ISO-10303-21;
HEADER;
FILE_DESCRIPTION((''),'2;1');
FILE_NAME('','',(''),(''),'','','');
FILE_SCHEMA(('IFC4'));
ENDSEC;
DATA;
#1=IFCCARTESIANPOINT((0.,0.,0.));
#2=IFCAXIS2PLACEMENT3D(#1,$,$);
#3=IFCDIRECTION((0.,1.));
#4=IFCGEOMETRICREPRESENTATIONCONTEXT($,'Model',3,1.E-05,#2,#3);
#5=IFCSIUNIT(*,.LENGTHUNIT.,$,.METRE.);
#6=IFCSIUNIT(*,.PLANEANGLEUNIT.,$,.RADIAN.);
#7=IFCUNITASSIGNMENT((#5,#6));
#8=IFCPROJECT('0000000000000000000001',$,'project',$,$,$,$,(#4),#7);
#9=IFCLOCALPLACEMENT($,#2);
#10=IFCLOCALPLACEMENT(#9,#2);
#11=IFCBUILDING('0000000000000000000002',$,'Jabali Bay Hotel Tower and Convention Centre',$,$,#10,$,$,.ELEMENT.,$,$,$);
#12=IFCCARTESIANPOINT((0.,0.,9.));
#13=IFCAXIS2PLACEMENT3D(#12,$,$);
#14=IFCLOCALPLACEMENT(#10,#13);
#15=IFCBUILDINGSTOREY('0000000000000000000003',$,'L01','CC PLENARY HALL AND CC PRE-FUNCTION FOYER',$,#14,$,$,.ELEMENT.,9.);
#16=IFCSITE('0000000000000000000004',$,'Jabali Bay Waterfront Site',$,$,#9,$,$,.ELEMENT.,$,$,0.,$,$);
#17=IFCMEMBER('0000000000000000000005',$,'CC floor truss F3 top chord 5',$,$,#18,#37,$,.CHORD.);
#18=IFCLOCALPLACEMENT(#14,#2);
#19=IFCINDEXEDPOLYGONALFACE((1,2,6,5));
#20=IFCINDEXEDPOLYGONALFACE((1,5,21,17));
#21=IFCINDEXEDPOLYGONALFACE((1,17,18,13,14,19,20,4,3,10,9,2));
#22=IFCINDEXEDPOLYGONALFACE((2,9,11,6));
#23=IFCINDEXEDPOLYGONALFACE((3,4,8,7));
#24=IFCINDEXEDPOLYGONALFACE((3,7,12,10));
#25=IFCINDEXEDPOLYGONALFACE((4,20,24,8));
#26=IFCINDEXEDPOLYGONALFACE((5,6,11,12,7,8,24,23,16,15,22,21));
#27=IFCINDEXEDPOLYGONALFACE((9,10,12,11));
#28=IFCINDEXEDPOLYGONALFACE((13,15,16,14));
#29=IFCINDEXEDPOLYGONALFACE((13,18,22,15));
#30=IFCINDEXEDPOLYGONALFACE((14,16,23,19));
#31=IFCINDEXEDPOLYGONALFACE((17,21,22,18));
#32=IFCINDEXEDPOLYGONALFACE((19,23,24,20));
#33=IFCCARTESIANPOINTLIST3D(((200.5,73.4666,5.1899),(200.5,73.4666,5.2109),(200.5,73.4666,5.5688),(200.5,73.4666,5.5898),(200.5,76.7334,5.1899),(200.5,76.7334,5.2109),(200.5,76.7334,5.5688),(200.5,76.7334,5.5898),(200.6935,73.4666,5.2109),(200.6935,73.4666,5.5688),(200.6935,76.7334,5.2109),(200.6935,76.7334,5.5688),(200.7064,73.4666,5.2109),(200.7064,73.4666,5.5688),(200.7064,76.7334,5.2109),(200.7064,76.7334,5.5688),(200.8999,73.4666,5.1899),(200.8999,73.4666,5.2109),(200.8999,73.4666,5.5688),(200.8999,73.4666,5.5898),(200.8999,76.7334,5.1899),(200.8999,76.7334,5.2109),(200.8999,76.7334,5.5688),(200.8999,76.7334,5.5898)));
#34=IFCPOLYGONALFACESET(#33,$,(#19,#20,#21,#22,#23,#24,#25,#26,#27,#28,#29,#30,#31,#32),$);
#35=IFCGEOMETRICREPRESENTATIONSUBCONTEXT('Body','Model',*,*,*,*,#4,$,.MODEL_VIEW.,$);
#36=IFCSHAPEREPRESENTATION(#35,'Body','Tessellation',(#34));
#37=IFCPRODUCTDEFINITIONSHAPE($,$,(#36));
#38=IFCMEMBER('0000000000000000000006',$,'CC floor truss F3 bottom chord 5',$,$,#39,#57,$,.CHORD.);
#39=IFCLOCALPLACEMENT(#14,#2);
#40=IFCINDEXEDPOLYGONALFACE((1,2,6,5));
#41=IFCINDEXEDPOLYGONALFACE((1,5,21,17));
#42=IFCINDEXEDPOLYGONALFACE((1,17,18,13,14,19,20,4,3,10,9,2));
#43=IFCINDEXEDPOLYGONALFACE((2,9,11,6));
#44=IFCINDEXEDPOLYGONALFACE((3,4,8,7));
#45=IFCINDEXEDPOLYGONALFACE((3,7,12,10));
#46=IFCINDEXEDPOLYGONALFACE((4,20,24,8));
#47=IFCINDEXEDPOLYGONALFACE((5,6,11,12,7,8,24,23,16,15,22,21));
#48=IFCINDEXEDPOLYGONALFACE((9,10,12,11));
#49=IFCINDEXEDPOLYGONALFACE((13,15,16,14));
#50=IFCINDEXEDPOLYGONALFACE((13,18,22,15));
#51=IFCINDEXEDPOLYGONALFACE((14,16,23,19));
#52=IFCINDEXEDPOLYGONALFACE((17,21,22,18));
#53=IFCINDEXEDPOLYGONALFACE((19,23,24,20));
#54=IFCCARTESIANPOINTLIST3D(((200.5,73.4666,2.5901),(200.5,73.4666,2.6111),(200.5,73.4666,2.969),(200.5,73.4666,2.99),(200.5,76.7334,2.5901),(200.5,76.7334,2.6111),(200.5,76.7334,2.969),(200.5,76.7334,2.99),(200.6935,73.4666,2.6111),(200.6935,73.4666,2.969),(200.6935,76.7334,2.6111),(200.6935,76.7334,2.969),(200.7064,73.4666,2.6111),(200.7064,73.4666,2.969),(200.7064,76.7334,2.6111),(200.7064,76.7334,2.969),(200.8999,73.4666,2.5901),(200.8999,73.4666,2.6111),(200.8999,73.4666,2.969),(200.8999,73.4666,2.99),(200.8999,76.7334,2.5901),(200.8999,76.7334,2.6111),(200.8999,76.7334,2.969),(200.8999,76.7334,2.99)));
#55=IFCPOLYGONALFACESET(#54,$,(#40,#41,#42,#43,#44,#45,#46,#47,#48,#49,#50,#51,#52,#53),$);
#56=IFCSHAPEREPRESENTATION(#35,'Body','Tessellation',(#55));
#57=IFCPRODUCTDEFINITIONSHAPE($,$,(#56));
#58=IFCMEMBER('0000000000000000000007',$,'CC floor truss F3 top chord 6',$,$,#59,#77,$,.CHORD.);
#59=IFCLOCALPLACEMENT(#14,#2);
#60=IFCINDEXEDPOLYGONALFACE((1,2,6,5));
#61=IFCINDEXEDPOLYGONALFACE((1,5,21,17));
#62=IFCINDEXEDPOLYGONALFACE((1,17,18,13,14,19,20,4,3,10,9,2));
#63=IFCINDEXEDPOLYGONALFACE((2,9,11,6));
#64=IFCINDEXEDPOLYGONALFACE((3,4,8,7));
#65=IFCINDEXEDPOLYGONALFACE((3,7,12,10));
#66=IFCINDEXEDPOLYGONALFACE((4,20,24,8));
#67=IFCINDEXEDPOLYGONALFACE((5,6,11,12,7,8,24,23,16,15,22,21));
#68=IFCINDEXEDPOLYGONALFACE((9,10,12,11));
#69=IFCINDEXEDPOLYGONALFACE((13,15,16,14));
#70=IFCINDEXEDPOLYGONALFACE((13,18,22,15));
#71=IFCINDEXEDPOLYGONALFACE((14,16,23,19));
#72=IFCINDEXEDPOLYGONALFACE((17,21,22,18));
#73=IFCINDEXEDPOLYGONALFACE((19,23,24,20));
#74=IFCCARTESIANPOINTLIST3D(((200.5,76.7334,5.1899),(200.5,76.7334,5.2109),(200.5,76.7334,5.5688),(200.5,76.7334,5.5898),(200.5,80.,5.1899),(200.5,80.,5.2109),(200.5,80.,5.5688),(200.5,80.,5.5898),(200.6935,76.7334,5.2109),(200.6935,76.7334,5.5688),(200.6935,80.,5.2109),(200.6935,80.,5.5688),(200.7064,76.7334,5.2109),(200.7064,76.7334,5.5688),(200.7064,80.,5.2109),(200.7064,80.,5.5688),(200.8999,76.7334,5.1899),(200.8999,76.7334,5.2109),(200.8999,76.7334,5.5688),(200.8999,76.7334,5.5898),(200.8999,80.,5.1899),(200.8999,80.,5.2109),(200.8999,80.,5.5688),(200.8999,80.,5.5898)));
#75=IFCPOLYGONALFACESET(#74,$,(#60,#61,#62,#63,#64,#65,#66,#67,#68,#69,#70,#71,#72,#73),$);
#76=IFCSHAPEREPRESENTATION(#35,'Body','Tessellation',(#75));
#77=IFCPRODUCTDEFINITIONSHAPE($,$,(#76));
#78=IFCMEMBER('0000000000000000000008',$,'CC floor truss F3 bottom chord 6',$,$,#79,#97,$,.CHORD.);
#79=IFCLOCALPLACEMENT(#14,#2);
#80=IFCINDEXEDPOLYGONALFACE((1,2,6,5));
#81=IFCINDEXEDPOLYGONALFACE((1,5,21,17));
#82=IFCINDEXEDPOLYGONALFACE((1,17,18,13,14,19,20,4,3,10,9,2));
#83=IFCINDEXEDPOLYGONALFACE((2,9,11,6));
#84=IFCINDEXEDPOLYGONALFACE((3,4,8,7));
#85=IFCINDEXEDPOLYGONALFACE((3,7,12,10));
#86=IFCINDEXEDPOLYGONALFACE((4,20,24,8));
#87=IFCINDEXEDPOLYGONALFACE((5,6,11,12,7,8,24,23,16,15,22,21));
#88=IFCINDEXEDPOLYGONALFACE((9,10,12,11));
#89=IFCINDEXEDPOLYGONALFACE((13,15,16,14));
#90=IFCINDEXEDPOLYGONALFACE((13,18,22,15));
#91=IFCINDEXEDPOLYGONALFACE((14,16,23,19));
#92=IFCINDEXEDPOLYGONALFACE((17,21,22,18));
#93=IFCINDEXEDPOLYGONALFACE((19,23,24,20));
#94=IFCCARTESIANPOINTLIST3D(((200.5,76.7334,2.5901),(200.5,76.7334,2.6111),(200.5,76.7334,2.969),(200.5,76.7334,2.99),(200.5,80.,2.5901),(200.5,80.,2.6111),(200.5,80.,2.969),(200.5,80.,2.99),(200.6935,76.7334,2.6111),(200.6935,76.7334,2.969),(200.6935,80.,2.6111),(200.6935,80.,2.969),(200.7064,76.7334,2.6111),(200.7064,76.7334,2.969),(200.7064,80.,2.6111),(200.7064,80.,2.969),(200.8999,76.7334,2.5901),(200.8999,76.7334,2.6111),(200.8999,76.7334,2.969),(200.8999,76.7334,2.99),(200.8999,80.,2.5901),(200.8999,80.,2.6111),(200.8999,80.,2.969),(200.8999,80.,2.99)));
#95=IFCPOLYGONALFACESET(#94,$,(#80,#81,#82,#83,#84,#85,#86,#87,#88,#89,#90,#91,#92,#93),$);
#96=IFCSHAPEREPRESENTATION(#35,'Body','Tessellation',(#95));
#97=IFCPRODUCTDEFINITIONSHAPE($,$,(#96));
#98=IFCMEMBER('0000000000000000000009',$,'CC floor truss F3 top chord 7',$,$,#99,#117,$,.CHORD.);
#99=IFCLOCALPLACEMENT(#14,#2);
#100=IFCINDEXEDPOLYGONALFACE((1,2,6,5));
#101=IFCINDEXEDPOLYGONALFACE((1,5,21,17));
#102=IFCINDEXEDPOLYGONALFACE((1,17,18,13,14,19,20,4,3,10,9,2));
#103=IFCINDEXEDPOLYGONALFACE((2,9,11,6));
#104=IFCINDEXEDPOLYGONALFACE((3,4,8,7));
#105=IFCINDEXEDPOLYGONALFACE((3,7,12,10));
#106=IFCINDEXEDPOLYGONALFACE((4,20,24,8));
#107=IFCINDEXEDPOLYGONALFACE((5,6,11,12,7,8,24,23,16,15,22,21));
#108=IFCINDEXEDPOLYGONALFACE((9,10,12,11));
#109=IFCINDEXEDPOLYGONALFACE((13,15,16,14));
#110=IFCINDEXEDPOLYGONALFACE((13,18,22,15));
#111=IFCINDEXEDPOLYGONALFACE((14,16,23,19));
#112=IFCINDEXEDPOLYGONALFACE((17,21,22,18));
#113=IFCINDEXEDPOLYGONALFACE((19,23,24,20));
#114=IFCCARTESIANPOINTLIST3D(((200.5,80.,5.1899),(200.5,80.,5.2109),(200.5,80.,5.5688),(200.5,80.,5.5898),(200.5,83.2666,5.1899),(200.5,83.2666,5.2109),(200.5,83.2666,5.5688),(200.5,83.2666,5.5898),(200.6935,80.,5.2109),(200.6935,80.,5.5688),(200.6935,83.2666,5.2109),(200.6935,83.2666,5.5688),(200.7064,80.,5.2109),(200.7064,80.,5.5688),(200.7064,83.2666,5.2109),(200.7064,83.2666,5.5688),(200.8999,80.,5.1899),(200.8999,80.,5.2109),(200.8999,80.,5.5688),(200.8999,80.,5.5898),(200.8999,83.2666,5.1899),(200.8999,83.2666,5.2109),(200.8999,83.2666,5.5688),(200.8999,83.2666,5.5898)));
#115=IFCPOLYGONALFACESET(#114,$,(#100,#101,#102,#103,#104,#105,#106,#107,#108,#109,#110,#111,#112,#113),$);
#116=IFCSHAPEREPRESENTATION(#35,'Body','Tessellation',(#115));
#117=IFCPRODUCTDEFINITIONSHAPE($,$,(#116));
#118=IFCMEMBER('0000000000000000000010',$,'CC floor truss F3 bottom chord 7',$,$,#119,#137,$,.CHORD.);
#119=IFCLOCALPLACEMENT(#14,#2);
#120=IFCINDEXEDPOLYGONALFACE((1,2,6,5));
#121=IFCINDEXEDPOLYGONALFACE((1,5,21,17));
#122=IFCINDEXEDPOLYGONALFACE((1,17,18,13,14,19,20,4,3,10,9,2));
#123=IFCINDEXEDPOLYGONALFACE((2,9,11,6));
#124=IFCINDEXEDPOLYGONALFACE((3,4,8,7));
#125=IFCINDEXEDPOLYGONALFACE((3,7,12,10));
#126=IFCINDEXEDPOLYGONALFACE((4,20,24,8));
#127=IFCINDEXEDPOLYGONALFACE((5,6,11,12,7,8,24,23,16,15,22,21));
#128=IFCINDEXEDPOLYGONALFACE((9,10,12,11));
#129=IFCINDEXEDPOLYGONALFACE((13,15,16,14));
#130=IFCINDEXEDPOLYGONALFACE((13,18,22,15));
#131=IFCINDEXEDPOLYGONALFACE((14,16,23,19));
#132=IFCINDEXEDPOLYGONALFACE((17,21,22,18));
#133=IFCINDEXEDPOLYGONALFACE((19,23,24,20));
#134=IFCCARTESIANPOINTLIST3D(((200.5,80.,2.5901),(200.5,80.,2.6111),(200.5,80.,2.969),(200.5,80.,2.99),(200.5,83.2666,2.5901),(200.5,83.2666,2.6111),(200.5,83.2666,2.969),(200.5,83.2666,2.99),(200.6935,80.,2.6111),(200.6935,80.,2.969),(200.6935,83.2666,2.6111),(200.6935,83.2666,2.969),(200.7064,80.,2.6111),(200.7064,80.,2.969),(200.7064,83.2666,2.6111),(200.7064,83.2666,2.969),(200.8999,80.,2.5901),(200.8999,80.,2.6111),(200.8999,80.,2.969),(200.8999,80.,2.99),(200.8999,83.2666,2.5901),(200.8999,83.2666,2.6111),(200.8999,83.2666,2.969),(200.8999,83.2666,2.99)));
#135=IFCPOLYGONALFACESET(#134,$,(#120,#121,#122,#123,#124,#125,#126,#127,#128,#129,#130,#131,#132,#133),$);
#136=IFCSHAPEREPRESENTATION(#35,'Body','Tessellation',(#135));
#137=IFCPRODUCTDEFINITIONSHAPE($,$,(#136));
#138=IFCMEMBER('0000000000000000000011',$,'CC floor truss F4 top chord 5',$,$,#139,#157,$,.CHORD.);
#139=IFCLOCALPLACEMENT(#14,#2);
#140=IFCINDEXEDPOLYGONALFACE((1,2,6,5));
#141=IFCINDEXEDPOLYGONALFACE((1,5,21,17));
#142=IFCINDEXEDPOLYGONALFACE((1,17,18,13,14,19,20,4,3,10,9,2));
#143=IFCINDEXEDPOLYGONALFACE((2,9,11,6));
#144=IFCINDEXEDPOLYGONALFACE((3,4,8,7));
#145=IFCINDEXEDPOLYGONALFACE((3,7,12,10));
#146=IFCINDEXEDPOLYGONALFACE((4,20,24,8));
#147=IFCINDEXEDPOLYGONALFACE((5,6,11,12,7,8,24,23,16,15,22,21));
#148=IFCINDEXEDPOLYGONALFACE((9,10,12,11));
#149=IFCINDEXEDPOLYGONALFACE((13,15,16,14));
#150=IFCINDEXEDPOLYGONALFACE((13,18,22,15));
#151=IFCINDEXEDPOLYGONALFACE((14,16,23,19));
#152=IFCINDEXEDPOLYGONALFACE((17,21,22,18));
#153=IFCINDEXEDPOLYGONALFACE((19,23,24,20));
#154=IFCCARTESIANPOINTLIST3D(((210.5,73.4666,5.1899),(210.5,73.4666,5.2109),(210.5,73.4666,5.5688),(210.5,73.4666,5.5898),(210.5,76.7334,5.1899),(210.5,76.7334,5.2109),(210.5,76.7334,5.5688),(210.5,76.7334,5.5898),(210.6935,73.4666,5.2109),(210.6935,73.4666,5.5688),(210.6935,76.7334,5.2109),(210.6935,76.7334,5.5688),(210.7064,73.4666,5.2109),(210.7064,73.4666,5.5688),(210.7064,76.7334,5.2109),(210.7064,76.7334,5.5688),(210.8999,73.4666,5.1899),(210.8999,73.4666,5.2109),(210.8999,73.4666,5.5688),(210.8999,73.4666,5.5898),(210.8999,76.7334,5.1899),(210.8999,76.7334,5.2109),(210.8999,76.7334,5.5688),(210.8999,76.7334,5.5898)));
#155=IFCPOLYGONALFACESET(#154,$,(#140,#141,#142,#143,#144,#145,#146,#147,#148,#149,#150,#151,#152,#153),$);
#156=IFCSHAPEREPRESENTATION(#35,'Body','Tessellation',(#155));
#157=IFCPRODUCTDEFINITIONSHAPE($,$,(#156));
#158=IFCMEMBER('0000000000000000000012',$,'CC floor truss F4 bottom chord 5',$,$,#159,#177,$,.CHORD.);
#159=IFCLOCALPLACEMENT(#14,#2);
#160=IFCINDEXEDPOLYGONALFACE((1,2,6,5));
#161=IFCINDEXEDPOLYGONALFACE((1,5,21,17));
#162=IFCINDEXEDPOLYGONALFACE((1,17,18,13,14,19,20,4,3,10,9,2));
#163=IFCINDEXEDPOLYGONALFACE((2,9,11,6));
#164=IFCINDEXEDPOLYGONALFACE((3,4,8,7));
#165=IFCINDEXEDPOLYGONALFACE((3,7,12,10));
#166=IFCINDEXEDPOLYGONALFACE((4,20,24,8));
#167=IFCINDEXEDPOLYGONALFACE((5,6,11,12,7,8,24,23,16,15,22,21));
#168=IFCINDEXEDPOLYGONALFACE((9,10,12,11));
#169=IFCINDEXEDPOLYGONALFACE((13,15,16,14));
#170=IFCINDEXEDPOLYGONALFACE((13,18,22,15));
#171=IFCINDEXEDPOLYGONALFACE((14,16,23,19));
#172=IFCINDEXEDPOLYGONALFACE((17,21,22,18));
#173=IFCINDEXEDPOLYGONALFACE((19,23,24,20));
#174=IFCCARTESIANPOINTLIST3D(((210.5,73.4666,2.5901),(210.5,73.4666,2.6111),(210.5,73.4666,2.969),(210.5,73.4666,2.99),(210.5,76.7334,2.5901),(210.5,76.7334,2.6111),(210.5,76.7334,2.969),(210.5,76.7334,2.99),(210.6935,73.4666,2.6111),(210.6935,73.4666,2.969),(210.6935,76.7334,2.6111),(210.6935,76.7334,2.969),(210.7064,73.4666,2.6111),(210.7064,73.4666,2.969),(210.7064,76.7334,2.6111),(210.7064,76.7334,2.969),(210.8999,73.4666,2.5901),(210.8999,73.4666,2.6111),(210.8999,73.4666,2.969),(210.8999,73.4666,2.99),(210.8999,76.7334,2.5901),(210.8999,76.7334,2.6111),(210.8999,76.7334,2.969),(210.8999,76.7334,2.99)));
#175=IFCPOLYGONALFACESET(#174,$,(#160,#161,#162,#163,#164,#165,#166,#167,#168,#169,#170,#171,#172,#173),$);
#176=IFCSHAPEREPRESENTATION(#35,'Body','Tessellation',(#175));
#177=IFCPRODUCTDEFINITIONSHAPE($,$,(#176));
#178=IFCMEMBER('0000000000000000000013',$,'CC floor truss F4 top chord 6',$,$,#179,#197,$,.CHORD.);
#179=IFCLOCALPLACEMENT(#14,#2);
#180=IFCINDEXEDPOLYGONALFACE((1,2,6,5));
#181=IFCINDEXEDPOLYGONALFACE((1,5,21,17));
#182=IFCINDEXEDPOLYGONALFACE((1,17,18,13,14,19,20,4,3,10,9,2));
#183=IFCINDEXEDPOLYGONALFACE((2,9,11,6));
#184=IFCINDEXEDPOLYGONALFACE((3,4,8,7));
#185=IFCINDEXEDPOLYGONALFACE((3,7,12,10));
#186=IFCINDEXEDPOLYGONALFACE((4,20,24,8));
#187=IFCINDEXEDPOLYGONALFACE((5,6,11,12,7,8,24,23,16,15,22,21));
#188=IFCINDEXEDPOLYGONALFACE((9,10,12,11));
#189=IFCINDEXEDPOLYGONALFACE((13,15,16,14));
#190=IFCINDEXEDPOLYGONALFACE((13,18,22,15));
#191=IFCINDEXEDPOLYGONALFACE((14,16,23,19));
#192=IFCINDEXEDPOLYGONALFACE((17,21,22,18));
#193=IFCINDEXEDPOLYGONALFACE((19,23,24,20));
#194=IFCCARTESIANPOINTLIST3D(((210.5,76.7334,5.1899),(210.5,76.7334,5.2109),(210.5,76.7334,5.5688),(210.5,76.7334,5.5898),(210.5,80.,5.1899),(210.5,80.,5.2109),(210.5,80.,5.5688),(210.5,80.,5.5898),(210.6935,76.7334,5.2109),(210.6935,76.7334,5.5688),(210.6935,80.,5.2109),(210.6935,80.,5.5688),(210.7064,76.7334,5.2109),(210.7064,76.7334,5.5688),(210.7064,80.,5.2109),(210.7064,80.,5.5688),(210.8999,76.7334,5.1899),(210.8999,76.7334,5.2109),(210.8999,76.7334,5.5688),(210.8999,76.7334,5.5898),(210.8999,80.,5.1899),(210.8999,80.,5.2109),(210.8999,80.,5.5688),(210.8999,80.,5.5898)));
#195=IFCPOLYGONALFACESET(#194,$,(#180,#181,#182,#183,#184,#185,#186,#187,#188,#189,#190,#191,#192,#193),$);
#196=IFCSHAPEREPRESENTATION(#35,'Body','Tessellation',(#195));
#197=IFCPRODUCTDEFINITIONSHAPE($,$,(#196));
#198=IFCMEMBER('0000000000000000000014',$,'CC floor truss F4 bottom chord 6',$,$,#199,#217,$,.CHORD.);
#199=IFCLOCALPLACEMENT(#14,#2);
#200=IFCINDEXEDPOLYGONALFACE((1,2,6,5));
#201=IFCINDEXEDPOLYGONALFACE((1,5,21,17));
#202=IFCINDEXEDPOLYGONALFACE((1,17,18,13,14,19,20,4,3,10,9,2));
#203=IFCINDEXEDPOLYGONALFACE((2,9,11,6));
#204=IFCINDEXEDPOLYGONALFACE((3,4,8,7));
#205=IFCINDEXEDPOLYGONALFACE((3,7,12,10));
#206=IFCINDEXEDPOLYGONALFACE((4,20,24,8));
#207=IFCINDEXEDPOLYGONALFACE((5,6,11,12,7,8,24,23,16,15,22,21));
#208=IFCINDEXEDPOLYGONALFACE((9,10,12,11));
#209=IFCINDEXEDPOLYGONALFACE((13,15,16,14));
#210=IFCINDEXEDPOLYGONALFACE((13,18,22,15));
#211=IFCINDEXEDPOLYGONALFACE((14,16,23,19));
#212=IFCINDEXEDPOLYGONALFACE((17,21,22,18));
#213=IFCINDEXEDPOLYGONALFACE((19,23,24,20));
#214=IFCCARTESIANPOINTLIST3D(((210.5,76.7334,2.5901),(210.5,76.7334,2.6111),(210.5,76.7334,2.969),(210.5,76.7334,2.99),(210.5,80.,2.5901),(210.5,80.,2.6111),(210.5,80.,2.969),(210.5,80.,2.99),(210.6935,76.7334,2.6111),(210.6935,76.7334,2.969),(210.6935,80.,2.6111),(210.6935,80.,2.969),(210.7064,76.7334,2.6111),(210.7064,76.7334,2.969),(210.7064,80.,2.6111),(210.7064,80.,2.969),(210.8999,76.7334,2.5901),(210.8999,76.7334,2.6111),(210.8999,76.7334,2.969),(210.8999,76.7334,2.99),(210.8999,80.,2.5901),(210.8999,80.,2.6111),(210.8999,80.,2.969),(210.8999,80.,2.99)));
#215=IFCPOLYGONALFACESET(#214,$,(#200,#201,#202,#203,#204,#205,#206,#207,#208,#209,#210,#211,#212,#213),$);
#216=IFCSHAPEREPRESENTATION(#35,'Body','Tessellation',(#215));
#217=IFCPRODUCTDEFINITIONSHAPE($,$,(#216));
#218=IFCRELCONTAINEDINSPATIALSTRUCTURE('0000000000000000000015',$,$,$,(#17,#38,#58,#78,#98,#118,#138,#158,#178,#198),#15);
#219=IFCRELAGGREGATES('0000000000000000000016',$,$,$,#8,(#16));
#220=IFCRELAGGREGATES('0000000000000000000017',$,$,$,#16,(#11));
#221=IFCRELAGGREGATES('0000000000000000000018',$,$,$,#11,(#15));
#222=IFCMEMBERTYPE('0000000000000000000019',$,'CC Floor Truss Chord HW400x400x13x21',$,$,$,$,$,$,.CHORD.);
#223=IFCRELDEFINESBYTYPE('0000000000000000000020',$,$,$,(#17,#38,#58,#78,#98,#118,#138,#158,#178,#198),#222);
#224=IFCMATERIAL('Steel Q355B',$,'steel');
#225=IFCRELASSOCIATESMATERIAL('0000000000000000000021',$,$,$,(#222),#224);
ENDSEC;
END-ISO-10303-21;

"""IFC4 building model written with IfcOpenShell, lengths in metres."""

from ifc_helpers import new_model, si_unit, direction, frame, origin, origin_2d, place, context, subcontext, project, spatial, i_section, extrude, material, material_profile, profile_set, type_object, element, save


model = new_model("IFC4")

# Units and contexts
model_context = context("Model", 3, precision=1e-05, world=origin(), true_north=direction((0.0, 1.0)))
body_context = subcontext(model_context, "Body", "Model", "MODEL_VIEW")
ifc_project = project(units=[si_unit("LENGTHUNIT", "METRE"), si_unit("PLANEANGLEUNIT", "RADIAN")], contexts=[model_context])

# Site, building, storey
site_placement = place(None, origin())
site = spatial("IfcSite", under=ifc_project, at=site_placement, Name="Jabali Bay Waterfront Site", CompositionType="ELEMENT", RefElevation=0.0)
building_placement = place(site_placement, origin())
building = spatial("IfcBuilding", under=site, at=building_placement, Name="Jabali Bay Hotel Tower and Convention Centre", CompositionType="ELEMENT")
storey_placement = place(building_placement, frame((0.0, 0.0, 9.0)))
storey = spatial("IfcBuildingStorey", under=building, at=storey_placement, Name="L01", Description="CC PLENARY HALL AND CC PRE-FUNCTION FOYER", CompositionType="ELEMENT", Elevation=9.0)

# Members
ifc_material = material(Name="Steel Q355B", Category="steel")
ifc_material_profile_1 = material_profile(ifc_material, i_section(OverallWidth=0.3999, OverallDepth=0.3999, WebThickness=0.0129, FlangeThickness=0.021, at=origin_2d()), Name="HW400x400x13x21")
ifc_profile_set_1 = profile_set([ifc_material_profile_1], Name="Steel Q355B")
member_type_1 = type_object("IfcMemberType", Name="CC Floor Truss Chord HW400x400x13x21", PredefinedType="CHORD", material=ifc_profile_set_1)
for number, where, z_axis, x_axis, name in (
    (1, (200.7, 73.4666, 5.3899), (0.0, 1.0, 0.0), (-1.0, 0.0, 0.0), "CC floor truss F3 top chord 5"),
    (2, (200.7, 73.4666, 2.79), (0.0, 1.0, 0.0), (-1.0, 0.0, 0.0), "CC floor truss F3 bottom chord 5"),
):
    element("IfcMember", number, at=place(storey_placement, frame(where, z_axis=z_axis, x_axis=x_axis)), inside=storey, type_object=member_type_1, Name=name, PredefinedType="CHORD", context=body_context, shape_type="SweptSolid", body=[
        extrude(i_section(OverallWidth=0.3999, OverallDepth=0.3999, WebThickness=0.0129, FlangeThickness=0.021, at=origin_2d()), origin(), (0.0, 0.0, 1.0), 3.2668),
    ])
for number, where, z_axis, x_axis, name in (
    (3, (200.7, 76.7334, 5.3899), (0.0, 1.0, 0.0), (-1.0, 0.0, 0.0), "CC floor truss F3 top chord 6"),
    (4, (200.7, 76.7334, 2.79), (0.0, 1.0, 0.0), (-1.0, 0.0, 0.0), "CC floor truss F3 bottom chord 6"),
    (5, (200.7, 80.0, 5.3899), (0.0, 1.0, 0.0), (-1.0, 0.0, 0.0), "CC floor truss F3 top chord 7"),
    (6, (200.7, 80.0, 2.79), (0.0, 1.0, 0.0), (-1.0, 0.0, 0.0), "CC floor truss F3 bottom chord 7"),
):
    element("IfcMember", number, at=place(storey_placement, frame(where, z_axis=z_axis, x_axis=x_axis)), inside=storey, type_object=member_type_1, Name=name, PredefinedType="CHORD", context=body_context, shape_type="SweptSolid", body=[
        extrude(i_section(OverallWidth=0.3999, OverallDepth=0.3999, WebThickness=0.0129, FlangeThickness=0.021, at=origin_2d()), origin(), (0.0, 0.0, 1.0), 3.2666),
    ])
for number, where, z_axis, x_axis, name in (
    (7, (210.7, 73.4666, 5.3899), (0.0, 1.0, 0.0), (-1.0, 0.0, 0.0), "CC floor truss F4 top chord 5"),
    (8, (210.7, 73.4666, 2.79), (0.0, 1.0, 0.0), (-1.0, 0.0, 0.0), "CC floor truss F4 bottom chord 5"),
):
    element("IfcMember", number, at=place(storey_placement, frame(where, z_axis=z_axis, x_axis=x_axis)), inside=storey, type_object=member_type_1, Name=name, PredefinedType="CHORD", context=body_context, shape_type="SweptSolid", body=[
        extrude(i_section(OverallWidth=0.3999, OverallDepth=0.3999, WebThickness=0.0129, FlangeThickness=0.021, at=origin_2d()), origin(), (0.0, 0.0, 1.0), 3.2668),
    ])
for number, where, z_axis, x_axis, name in (
    (9, (210.7, 76.7334, 5.3899), (0.0, 1.0, 0.0), (-1.0, 0.0, 0.0), "CC floor truss F4 top chord 6"),
    (10, (210.7, 76.7334, 2.79), (0.0, 1.0, 0.0), (-1.0, 0.0, 0.0), "CC floor truss F4 bottom chord 6"),
):
    element("IfcMember", number, at=place(storey_placement, frame(where, z_axis=z_axis, x_axis=x_axis)), inside=storey, type_object=member_type_1, Name=name, PredefinedType="CHORD", context=body_context, shape_type="SweptSolid", body=[
        extrude(i_section(OverallWidth=0.3999, OverallDepth=0.3999, WebThickness=0.0129, FlangeThickness=0.021, at=origin_2d()), origin(), (0.0, 0.0, 1.0), 3.2666),
    ])

save(model, "model.ifc")
